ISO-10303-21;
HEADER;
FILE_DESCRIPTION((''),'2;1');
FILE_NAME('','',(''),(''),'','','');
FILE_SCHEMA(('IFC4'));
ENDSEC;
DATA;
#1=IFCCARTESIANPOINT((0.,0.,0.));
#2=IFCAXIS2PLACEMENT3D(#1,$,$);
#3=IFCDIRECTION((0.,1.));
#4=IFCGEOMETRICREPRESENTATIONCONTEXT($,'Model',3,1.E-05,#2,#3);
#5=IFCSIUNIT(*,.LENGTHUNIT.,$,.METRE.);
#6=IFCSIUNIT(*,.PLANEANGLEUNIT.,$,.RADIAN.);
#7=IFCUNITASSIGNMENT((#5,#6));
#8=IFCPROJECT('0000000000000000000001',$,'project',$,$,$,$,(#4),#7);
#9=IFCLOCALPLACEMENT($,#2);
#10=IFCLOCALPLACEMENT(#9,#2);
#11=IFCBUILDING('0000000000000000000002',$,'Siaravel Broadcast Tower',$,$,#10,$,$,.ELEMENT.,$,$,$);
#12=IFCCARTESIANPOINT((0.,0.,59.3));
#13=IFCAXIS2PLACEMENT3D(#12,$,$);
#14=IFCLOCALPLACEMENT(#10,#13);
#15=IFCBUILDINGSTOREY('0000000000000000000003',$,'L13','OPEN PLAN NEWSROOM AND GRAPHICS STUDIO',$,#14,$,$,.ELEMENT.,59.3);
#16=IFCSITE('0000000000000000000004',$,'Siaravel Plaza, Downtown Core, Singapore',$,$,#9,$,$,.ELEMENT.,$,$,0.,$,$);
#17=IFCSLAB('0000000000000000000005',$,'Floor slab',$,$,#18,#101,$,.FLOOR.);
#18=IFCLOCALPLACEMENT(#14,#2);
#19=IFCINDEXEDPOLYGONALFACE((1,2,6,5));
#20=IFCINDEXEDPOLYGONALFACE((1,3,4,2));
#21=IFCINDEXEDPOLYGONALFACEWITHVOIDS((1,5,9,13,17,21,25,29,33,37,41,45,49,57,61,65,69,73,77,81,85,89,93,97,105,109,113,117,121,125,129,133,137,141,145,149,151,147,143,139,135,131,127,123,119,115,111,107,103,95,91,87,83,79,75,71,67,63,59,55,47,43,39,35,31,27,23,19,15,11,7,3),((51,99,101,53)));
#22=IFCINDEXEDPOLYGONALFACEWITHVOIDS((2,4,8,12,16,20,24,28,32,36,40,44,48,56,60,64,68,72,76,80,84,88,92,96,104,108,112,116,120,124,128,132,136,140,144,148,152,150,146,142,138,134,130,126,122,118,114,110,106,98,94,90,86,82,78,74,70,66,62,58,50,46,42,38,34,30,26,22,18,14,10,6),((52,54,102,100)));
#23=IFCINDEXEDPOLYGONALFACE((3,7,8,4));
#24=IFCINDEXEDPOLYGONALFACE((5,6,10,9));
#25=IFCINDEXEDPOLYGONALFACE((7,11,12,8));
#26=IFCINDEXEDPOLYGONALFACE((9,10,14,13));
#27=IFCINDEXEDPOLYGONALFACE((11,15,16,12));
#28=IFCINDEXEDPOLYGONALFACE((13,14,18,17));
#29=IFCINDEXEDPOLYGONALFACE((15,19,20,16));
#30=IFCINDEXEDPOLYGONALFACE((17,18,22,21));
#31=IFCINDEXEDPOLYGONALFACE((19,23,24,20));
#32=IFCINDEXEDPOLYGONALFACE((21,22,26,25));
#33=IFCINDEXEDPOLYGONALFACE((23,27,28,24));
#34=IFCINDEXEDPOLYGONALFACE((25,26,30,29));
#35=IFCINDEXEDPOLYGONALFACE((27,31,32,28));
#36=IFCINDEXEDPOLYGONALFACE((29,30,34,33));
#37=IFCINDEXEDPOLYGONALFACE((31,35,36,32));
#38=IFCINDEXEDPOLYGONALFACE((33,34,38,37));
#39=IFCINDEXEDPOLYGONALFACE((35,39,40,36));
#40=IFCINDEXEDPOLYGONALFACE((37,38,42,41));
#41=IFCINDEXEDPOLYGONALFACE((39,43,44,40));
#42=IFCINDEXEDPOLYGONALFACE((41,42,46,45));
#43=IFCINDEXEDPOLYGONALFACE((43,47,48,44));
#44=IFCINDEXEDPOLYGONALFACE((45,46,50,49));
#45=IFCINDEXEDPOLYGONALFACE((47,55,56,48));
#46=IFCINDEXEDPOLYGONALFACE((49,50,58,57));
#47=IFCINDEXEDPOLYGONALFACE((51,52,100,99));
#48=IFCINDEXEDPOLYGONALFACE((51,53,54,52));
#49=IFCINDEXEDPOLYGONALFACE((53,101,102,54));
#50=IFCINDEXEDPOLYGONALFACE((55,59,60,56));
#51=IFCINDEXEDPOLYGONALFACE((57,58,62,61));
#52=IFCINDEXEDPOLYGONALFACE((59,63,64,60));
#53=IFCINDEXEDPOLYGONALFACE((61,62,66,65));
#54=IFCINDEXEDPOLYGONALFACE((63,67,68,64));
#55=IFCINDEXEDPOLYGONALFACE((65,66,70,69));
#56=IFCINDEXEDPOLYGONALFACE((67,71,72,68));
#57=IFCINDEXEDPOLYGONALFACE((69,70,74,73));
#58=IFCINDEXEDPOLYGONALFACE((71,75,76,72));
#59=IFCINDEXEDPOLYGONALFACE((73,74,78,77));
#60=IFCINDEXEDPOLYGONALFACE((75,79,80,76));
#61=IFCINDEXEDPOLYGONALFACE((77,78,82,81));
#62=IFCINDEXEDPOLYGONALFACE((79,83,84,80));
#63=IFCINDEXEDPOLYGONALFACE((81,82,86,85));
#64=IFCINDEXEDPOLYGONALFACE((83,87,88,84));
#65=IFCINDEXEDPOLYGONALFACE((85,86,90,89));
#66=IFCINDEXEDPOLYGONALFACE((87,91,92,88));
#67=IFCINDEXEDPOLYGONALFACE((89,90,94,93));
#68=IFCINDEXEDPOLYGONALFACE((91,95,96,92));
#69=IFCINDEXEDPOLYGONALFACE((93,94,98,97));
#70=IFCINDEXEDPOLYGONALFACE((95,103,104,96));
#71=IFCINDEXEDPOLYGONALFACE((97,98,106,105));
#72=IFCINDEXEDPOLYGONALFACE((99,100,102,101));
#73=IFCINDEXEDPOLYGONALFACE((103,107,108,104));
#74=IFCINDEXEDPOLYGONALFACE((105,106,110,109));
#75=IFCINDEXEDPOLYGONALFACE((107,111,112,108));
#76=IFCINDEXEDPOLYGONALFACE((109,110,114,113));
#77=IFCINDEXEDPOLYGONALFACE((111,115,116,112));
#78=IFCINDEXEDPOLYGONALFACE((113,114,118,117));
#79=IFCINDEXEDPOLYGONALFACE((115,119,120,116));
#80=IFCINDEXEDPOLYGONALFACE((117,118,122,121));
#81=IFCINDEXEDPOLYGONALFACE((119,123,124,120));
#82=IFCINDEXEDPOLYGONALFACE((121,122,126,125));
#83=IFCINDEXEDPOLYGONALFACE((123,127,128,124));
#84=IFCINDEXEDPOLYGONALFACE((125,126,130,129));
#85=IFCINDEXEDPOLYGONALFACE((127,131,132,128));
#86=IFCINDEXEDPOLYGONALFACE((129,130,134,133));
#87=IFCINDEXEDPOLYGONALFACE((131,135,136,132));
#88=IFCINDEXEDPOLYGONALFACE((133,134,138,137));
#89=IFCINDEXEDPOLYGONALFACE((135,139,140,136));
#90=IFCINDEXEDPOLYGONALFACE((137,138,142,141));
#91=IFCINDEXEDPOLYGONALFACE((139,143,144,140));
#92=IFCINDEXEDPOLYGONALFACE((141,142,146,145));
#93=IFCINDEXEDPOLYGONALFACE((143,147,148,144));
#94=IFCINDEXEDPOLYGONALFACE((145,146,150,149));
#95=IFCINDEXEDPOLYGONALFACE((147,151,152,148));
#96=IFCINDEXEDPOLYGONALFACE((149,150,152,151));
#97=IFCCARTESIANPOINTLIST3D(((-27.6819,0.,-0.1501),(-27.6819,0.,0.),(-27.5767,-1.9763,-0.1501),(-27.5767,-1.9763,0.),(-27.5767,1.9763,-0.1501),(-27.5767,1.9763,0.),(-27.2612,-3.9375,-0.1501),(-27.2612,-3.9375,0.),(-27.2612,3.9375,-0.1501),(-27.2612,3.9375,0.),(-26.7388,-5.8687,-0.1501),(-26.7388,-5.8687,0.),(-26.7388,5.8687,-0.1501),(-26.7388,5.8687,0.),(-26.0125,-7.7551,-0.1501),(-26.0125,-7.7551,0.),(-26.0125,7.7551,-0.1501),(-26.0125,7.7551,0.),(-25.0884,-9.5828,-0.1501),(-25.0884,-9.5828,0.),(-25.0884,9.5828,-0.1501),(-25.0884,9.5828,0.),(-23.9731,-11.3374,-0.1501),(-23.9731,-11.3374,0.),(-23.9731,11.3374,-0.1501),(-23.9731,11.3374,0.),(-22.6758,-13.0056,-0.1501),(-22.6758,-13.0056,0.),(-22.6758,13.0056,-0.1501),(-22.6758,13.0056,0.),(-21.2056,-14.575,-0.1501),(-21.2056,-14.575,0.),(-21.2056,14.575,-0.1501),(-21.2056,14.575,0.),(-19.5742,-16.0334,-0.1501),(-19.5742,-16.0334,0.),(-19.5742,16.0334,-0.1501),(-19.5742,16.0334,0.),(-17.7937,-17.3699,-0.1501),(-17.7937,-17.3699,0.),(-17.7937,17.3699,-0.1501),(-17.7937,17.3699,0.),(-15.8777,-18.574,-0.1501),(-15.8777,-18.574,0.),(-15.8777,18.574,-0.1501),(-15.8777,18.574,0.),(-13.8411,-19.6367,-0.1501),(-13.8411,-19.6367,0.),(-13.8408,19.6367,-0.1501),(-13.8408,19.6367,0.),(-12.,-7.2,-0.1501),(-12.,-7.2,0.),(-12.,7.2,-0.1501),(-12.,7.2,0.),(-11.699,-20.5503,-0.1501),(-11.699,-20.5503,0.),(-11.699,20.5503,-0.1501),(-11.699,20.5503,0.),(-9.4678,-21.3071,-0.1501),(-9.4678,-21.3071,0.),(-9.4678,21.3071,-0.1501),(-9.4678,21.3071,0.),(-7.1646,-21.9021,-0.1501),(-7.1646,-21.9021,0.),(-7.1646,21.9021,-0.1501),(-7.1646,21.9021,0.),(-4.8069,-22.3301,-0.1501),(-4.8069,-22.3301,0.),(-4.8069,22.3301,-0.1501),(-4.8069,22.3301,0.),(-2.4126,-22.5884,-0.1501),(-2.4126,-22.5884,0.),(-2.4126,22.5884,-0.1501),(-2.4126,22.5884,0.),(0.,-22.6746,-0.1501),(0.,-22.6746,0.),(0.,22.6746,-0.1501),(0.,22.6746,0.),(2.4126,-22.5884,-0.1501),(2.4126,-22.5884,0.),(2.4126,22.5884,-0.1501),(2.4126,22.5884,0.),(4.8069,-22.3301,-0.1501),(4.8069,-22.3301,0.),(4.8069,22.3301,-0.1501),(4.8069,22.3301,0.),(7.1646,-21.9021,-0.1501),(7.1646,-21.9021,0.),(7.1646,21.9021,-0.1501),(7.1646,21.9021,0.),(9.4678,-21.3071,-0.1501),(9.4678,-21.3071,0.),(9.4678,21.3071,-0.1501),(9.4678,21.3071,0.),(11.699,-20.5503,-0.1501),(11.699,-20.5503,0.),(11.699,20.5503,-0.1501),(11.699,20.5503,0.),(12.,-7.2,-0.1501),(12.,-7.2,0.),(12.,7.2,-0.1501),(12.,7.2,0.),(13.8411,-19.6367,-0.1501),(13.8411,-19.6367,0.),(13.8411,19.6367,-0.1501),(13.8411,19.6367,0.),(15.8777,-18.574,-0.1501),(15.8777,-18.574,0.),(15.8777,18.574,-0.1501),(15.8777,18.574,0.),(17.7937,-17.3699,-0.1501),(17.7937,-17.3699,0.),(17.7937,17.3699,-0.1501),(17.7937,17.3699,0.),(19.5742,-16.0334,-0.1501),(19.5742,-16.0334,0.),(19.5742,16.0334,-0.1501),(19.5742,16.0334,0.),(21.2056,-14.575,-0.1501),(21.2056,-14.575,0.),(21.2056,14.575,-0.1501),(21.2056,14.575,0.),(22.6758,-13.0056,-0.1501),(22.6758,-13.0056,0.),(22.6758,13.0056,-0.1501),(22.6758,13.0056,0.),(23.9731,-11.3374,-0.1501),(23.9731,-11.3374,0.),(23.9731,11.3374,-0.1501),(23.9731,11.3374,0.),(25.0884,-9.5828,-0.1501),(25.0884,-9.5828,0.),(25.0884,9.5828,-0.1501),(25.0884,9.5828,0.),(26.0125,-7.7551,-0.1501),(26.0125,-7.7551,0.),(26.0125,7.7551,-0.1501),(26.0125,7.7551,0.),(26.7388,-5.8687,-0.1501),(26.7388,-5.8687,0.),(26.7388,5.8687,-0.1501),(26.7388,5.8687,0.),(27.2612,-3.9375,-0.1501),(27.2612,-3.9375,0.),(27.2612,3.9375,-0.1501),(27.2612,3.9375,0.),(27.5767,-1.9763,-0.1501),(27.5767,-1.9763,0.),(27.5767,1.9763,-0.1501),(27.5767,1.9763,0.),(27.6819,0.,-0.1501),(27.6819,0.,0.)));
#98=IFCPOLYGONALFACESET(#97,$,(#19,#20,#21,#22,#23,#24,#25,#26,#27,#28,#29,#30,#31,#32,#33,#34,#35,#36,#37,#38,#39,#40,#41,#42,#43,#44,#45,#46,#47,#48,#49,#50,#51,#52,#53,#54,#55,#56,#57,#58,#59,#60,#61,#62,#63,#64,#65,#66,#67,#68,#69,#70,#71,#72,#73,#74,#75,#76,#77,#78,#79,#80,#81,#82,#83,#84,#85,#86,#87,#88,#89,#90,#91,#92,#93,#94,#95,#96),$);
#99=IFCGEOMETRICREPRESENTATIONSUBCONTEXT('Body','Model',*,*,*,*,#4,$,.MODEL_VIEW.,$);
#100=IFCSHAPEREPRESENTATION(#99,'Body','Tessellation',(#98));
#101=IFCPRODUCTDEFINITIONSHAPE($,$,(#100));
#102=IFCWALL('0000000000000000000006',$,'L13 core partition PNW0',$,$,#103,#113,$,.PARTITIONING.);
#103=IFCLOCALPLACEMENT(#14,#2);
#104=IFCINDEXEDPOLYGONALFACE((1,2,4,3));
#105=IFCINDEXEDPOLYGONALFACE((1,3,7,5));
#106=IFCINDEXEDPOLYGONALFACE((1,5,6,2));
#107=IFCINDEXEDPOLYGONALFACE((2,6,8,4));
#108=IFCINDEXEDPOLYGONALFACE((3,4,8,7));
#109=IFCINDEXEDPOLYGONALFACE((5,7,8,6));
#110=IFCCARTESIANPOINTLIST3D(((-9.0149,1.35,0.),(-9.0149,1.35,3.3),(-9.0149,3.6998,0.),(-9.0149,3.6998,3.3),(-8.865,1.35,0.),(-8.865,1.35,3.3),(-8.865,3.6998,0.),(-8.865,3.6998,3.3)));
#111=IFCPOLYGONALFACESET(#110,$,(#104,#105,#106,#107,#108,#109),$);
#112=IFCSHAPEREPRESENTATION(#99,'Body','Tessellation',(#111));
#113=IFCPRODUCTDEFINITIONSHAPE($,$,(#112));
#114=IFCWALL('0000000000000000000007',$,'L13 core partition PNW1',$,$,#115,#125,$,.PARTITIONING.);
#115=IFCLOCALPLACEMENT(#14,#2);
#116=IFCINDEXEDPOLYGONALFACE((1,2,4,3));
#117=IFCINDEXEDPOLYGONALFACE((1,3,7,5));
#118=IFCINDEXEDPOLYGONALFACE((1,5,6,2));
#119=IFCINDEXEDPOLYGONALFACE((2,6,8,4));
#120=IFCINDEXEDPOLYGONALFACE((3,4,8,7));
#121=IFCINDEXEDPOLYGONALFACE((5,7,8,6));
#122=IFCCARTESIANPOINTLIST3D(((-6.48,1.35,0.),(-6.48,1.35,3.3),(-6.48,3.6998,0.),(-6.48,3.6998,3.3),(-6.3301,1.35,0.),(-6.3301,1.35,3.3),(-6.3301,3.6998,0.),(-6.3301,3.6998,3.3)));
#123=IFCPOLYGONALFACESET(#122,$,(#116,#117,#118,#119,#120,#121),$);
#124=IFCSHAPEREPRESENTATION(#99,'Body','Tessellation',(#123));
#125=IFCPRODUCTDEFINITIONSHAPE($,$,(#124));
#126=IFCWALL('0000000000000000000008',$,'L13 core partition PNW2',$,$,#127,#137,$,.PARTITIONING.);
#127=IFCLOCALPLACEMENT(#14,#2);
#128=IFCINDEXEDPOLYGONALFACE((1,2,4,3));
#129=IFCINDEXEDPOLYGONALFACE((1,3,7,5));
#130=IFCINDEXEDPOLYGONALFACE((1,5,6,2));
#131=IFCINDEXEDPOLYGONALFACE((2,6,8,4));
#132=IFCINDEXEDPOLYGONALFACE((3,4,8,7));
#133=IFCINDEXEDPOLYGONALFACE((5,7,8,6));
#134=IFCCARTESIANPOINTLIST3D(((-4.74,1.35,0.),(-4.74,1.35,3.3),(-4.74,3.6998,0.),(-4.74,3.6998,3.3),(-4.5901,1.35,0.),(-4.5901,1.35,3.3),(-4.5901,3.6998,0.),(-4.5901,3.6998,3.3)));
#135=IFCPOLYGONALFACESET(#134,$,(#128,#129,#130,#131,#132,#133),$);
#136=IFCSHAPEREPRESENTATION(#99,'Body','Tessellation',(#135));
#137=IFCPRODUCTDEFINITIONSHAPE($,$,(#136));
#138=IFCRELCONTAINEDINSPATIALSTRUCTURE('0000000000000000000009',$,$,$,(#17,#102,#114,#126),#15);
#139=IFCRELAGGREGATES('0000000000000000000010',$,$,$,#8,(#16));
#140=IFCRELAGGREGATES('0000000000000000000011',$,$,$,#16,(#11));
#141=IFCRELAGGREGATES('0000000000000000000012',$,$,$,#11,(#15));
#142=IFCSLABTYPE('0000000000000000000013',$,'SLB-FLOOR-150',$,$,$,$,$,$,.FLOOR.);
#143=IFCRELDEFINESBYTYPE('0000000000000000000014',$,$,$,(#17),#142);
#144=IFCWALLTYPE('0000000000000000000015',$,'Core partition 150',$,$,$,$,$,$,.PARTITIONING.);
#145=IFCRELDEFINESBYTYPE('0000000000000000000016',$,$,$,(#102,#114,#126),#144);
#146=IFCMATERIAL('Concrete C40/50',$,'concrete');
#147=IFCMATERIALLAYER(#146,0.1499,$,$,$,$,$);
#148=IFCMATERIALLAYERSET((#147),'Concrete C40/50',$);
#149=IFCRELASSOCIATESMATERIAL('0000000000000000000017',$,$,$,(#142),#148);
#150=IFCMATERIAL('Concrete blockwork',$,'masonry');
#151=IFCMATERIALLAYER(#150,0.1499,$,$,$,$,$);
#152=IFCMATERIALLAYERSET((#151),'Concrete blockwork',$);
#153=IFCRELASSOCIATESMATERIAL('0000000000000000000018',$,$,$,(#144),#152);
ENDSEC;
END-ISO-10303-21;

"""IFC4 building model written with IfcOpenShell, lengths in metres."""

from ifc_helpers import new_model, si_unit, direction, frame, frame_2d, origin, place, context, subcontext, project, spatial, polyline, rectangle, outline, extrude, material, layer, layer_set, type_object, element, save


model = new_model("IFC4")

# Units and contexts
model_context = context("Model", 3, precision=1e-05, world=origin(), true_north=direction((0.0, 1.0)))
body_context = subcontext(model_context, "Body", "Model", "MODEL_VIEW")
ifc_project = project(units=[si_unit("LENGTHUNIT", "METRE"), si_unit("PLANEANGLEUNIT", "RADIAN")], contexts=[model_context])

# Site, building, storey
site_placement = place(None, origin())
site = spatial("IfcSite", under=ifc_project, at=site_placement, Name="Siaravel Plaza, Downtown Core, Singapore", CompositionType="ELEMENT", RefElevation=0.0)
building_placement = place(site_placement, origin())
building = spatial("IfcBuilding", under=site, at=building_placement, Name="Siaravel Broadcast Tower", CompositionType="ELEMENT")
storey_placement = place(building_placement, frame((0.0, 0.0, 59.3)))
storey = spatial("IfcBuildingStorey", under=building, at=storey_placement, Name="L13", Description="OPEN PLAN NEWSROOM AND GRAPHICS STUDIO", CompositionType="ELEMENT", Elevation=59.3)

# Slab
ifc_material_1 = material(Name="Concrete C40/50", Category="concrete")
ifc_layer_1 = layer(ifc_material_1, 0.1499)
ifc_layer_set_1 = layer_set([ifc_layer_1], Name="Concrete C40/50")
slab_type = type_object("IfcSlabType", Name="SLB-FLOOR-150", PredefinedType="FLOOR", material=ifc_layer_set_1)
slab_placement = place(storey_placement, frame((0.0, 0.0, -0.1501)))
element("IfcSlab", 1, at=slab_placement, inside=storey, type_object=slab_type, Name="Floor slab", PredefinedType="FLOOR", context=body_context, shape_type="SweptSolid", body=[
    extrude(outline(polyline([(27.6819, 0.0), (27.5767, 1.9763), (27.2612, 3.9375), (26.7388, 5.8687), (26.0125, 7.7551), (25.0884, 9.5828), (23.9731, 11.3374), (22.6758, 13.0056), (21.2056, 14.575), (19.5742, 16.0334), (17.7937, 17.3699), (15.8777, 18.574), (13.8411, 19.6367), (11.699, 20.5503), (9.4678, 21.3071), (7.1646, 21.9021), (4.8069, 22.3301), (2.4126, 22.5884), (0.0, 22.6746), (-2.4126, 22.5884), (-4.8069, 22.3301), (-7.1646, 21.9021), (-9.4678, 21.3071), (-11.699, 20.5503), (-13.8408, 19.6367), (-15.8777, 18.574), (-17.7937, 17.3699), (-19.5742, 16.0334), (-21.2056, 14.575), (-22.6758, 13.0056), (-23.9731, 11.3374), (-25.0884, 9.5828), (-26.0125, 7.7551), (-26.7388, 5.8687), (-27.2612, 3.9375), (-27.5767, 1.9763), (-27.6819, 0.0), (-27.5767, -1.9763), (-27.2612, -3.9375), (-26.7388, -5.8687), (-26.0125, -7.7551), (-25.0884, -9.5828), (-23.9731, -11.3374), (-22.6758, -13.0056), (-21.2056, -14.575), (-19.5742, -16.0334), (-17.7937, -17.3699), (-15.8777, -18.574), (-13.8411, -19.6367), (-11.699, -20.5503), (-9.4678, -21.3071), (-7.1646, -21.9021), (-4.8069, -22.3301), (-2.4126, -22.5884), (0.0, -22.6746), (2.4126, -22.5884), (4.8069, -22.3301), (7.1646, -21.9021), (9.4678, -21.3071), (11.699, -20.5503), (13.8411, -19.6367), (15.8777, -18.574), (17.7937, -17.3699), (19.5742, -16.0334), (21.2056, -14.575), (22.6758, -13.0056), (23.9731, -11.3374), (25.0884, -9.5828), (26.0125, -7.7551), (26.7388, -5.8687), (27.2612, -3.9375), (27.5767, -1.9763), (27.6819, 0.0)]), holes=[polyline([(-12.0, 7.2), (12.0, 7.2), (12.0, -7.2), (-12.0, -7.2), (-12.0, 7.2)])]), origin(), (0.0, 0.0, 1.0), 0.1501),
])

# Walls
ifc_material_2 = material(Name="Concrete blockwork", Category="masonry")
ifc_layer_2 = layer(ifc_material_2, 0.1499)
ifc_layer_set_2 = layer_set([ifc_layer_2], Name="Concrete blockwork")
wall_type_1 = type_object("IfcWallType", Name="Core partition 150", PredefinedType="PARTITIONING", material=ifc_layer_set_2)
for number, where, z_axis, x_axis, name in (
    (2, (-8.9399, 1.3501, 0.0), (0.0, 0.0, 1.0), (0.0, 1.0, 0.0), "L13 core partition PNW0"),
    (3, (-6.405, 1.3501, 0.0), (0.0, 0.0, 1.0), (0.0, 1.0, 0.0), "L13 core partition PNW1"),
    (4, (-4.665, 1.3501, 0.0), (0.0, 0.0, 1.0), (0.0, 1.0, 0.0), "L13 core partition PNW2"),
):
    element("IfcWall", number, at=place(storey_placement, frame(where, z_axis=z_axis, x_axis=x_axis)), inside=storey, type_object=wall_type_1, Name=name, PredefinedType="PARTITIONING", context=body_context, shape_type="SweptSolid", body=[
        extrude(rectangle(XDim=2.3499, YDim=0.1499, at=frame_2d((1.1748, 0.0))), origin(), (0.0, 0.0, 1.0), 3.3),
    ])

save(model, "model.ifc")
